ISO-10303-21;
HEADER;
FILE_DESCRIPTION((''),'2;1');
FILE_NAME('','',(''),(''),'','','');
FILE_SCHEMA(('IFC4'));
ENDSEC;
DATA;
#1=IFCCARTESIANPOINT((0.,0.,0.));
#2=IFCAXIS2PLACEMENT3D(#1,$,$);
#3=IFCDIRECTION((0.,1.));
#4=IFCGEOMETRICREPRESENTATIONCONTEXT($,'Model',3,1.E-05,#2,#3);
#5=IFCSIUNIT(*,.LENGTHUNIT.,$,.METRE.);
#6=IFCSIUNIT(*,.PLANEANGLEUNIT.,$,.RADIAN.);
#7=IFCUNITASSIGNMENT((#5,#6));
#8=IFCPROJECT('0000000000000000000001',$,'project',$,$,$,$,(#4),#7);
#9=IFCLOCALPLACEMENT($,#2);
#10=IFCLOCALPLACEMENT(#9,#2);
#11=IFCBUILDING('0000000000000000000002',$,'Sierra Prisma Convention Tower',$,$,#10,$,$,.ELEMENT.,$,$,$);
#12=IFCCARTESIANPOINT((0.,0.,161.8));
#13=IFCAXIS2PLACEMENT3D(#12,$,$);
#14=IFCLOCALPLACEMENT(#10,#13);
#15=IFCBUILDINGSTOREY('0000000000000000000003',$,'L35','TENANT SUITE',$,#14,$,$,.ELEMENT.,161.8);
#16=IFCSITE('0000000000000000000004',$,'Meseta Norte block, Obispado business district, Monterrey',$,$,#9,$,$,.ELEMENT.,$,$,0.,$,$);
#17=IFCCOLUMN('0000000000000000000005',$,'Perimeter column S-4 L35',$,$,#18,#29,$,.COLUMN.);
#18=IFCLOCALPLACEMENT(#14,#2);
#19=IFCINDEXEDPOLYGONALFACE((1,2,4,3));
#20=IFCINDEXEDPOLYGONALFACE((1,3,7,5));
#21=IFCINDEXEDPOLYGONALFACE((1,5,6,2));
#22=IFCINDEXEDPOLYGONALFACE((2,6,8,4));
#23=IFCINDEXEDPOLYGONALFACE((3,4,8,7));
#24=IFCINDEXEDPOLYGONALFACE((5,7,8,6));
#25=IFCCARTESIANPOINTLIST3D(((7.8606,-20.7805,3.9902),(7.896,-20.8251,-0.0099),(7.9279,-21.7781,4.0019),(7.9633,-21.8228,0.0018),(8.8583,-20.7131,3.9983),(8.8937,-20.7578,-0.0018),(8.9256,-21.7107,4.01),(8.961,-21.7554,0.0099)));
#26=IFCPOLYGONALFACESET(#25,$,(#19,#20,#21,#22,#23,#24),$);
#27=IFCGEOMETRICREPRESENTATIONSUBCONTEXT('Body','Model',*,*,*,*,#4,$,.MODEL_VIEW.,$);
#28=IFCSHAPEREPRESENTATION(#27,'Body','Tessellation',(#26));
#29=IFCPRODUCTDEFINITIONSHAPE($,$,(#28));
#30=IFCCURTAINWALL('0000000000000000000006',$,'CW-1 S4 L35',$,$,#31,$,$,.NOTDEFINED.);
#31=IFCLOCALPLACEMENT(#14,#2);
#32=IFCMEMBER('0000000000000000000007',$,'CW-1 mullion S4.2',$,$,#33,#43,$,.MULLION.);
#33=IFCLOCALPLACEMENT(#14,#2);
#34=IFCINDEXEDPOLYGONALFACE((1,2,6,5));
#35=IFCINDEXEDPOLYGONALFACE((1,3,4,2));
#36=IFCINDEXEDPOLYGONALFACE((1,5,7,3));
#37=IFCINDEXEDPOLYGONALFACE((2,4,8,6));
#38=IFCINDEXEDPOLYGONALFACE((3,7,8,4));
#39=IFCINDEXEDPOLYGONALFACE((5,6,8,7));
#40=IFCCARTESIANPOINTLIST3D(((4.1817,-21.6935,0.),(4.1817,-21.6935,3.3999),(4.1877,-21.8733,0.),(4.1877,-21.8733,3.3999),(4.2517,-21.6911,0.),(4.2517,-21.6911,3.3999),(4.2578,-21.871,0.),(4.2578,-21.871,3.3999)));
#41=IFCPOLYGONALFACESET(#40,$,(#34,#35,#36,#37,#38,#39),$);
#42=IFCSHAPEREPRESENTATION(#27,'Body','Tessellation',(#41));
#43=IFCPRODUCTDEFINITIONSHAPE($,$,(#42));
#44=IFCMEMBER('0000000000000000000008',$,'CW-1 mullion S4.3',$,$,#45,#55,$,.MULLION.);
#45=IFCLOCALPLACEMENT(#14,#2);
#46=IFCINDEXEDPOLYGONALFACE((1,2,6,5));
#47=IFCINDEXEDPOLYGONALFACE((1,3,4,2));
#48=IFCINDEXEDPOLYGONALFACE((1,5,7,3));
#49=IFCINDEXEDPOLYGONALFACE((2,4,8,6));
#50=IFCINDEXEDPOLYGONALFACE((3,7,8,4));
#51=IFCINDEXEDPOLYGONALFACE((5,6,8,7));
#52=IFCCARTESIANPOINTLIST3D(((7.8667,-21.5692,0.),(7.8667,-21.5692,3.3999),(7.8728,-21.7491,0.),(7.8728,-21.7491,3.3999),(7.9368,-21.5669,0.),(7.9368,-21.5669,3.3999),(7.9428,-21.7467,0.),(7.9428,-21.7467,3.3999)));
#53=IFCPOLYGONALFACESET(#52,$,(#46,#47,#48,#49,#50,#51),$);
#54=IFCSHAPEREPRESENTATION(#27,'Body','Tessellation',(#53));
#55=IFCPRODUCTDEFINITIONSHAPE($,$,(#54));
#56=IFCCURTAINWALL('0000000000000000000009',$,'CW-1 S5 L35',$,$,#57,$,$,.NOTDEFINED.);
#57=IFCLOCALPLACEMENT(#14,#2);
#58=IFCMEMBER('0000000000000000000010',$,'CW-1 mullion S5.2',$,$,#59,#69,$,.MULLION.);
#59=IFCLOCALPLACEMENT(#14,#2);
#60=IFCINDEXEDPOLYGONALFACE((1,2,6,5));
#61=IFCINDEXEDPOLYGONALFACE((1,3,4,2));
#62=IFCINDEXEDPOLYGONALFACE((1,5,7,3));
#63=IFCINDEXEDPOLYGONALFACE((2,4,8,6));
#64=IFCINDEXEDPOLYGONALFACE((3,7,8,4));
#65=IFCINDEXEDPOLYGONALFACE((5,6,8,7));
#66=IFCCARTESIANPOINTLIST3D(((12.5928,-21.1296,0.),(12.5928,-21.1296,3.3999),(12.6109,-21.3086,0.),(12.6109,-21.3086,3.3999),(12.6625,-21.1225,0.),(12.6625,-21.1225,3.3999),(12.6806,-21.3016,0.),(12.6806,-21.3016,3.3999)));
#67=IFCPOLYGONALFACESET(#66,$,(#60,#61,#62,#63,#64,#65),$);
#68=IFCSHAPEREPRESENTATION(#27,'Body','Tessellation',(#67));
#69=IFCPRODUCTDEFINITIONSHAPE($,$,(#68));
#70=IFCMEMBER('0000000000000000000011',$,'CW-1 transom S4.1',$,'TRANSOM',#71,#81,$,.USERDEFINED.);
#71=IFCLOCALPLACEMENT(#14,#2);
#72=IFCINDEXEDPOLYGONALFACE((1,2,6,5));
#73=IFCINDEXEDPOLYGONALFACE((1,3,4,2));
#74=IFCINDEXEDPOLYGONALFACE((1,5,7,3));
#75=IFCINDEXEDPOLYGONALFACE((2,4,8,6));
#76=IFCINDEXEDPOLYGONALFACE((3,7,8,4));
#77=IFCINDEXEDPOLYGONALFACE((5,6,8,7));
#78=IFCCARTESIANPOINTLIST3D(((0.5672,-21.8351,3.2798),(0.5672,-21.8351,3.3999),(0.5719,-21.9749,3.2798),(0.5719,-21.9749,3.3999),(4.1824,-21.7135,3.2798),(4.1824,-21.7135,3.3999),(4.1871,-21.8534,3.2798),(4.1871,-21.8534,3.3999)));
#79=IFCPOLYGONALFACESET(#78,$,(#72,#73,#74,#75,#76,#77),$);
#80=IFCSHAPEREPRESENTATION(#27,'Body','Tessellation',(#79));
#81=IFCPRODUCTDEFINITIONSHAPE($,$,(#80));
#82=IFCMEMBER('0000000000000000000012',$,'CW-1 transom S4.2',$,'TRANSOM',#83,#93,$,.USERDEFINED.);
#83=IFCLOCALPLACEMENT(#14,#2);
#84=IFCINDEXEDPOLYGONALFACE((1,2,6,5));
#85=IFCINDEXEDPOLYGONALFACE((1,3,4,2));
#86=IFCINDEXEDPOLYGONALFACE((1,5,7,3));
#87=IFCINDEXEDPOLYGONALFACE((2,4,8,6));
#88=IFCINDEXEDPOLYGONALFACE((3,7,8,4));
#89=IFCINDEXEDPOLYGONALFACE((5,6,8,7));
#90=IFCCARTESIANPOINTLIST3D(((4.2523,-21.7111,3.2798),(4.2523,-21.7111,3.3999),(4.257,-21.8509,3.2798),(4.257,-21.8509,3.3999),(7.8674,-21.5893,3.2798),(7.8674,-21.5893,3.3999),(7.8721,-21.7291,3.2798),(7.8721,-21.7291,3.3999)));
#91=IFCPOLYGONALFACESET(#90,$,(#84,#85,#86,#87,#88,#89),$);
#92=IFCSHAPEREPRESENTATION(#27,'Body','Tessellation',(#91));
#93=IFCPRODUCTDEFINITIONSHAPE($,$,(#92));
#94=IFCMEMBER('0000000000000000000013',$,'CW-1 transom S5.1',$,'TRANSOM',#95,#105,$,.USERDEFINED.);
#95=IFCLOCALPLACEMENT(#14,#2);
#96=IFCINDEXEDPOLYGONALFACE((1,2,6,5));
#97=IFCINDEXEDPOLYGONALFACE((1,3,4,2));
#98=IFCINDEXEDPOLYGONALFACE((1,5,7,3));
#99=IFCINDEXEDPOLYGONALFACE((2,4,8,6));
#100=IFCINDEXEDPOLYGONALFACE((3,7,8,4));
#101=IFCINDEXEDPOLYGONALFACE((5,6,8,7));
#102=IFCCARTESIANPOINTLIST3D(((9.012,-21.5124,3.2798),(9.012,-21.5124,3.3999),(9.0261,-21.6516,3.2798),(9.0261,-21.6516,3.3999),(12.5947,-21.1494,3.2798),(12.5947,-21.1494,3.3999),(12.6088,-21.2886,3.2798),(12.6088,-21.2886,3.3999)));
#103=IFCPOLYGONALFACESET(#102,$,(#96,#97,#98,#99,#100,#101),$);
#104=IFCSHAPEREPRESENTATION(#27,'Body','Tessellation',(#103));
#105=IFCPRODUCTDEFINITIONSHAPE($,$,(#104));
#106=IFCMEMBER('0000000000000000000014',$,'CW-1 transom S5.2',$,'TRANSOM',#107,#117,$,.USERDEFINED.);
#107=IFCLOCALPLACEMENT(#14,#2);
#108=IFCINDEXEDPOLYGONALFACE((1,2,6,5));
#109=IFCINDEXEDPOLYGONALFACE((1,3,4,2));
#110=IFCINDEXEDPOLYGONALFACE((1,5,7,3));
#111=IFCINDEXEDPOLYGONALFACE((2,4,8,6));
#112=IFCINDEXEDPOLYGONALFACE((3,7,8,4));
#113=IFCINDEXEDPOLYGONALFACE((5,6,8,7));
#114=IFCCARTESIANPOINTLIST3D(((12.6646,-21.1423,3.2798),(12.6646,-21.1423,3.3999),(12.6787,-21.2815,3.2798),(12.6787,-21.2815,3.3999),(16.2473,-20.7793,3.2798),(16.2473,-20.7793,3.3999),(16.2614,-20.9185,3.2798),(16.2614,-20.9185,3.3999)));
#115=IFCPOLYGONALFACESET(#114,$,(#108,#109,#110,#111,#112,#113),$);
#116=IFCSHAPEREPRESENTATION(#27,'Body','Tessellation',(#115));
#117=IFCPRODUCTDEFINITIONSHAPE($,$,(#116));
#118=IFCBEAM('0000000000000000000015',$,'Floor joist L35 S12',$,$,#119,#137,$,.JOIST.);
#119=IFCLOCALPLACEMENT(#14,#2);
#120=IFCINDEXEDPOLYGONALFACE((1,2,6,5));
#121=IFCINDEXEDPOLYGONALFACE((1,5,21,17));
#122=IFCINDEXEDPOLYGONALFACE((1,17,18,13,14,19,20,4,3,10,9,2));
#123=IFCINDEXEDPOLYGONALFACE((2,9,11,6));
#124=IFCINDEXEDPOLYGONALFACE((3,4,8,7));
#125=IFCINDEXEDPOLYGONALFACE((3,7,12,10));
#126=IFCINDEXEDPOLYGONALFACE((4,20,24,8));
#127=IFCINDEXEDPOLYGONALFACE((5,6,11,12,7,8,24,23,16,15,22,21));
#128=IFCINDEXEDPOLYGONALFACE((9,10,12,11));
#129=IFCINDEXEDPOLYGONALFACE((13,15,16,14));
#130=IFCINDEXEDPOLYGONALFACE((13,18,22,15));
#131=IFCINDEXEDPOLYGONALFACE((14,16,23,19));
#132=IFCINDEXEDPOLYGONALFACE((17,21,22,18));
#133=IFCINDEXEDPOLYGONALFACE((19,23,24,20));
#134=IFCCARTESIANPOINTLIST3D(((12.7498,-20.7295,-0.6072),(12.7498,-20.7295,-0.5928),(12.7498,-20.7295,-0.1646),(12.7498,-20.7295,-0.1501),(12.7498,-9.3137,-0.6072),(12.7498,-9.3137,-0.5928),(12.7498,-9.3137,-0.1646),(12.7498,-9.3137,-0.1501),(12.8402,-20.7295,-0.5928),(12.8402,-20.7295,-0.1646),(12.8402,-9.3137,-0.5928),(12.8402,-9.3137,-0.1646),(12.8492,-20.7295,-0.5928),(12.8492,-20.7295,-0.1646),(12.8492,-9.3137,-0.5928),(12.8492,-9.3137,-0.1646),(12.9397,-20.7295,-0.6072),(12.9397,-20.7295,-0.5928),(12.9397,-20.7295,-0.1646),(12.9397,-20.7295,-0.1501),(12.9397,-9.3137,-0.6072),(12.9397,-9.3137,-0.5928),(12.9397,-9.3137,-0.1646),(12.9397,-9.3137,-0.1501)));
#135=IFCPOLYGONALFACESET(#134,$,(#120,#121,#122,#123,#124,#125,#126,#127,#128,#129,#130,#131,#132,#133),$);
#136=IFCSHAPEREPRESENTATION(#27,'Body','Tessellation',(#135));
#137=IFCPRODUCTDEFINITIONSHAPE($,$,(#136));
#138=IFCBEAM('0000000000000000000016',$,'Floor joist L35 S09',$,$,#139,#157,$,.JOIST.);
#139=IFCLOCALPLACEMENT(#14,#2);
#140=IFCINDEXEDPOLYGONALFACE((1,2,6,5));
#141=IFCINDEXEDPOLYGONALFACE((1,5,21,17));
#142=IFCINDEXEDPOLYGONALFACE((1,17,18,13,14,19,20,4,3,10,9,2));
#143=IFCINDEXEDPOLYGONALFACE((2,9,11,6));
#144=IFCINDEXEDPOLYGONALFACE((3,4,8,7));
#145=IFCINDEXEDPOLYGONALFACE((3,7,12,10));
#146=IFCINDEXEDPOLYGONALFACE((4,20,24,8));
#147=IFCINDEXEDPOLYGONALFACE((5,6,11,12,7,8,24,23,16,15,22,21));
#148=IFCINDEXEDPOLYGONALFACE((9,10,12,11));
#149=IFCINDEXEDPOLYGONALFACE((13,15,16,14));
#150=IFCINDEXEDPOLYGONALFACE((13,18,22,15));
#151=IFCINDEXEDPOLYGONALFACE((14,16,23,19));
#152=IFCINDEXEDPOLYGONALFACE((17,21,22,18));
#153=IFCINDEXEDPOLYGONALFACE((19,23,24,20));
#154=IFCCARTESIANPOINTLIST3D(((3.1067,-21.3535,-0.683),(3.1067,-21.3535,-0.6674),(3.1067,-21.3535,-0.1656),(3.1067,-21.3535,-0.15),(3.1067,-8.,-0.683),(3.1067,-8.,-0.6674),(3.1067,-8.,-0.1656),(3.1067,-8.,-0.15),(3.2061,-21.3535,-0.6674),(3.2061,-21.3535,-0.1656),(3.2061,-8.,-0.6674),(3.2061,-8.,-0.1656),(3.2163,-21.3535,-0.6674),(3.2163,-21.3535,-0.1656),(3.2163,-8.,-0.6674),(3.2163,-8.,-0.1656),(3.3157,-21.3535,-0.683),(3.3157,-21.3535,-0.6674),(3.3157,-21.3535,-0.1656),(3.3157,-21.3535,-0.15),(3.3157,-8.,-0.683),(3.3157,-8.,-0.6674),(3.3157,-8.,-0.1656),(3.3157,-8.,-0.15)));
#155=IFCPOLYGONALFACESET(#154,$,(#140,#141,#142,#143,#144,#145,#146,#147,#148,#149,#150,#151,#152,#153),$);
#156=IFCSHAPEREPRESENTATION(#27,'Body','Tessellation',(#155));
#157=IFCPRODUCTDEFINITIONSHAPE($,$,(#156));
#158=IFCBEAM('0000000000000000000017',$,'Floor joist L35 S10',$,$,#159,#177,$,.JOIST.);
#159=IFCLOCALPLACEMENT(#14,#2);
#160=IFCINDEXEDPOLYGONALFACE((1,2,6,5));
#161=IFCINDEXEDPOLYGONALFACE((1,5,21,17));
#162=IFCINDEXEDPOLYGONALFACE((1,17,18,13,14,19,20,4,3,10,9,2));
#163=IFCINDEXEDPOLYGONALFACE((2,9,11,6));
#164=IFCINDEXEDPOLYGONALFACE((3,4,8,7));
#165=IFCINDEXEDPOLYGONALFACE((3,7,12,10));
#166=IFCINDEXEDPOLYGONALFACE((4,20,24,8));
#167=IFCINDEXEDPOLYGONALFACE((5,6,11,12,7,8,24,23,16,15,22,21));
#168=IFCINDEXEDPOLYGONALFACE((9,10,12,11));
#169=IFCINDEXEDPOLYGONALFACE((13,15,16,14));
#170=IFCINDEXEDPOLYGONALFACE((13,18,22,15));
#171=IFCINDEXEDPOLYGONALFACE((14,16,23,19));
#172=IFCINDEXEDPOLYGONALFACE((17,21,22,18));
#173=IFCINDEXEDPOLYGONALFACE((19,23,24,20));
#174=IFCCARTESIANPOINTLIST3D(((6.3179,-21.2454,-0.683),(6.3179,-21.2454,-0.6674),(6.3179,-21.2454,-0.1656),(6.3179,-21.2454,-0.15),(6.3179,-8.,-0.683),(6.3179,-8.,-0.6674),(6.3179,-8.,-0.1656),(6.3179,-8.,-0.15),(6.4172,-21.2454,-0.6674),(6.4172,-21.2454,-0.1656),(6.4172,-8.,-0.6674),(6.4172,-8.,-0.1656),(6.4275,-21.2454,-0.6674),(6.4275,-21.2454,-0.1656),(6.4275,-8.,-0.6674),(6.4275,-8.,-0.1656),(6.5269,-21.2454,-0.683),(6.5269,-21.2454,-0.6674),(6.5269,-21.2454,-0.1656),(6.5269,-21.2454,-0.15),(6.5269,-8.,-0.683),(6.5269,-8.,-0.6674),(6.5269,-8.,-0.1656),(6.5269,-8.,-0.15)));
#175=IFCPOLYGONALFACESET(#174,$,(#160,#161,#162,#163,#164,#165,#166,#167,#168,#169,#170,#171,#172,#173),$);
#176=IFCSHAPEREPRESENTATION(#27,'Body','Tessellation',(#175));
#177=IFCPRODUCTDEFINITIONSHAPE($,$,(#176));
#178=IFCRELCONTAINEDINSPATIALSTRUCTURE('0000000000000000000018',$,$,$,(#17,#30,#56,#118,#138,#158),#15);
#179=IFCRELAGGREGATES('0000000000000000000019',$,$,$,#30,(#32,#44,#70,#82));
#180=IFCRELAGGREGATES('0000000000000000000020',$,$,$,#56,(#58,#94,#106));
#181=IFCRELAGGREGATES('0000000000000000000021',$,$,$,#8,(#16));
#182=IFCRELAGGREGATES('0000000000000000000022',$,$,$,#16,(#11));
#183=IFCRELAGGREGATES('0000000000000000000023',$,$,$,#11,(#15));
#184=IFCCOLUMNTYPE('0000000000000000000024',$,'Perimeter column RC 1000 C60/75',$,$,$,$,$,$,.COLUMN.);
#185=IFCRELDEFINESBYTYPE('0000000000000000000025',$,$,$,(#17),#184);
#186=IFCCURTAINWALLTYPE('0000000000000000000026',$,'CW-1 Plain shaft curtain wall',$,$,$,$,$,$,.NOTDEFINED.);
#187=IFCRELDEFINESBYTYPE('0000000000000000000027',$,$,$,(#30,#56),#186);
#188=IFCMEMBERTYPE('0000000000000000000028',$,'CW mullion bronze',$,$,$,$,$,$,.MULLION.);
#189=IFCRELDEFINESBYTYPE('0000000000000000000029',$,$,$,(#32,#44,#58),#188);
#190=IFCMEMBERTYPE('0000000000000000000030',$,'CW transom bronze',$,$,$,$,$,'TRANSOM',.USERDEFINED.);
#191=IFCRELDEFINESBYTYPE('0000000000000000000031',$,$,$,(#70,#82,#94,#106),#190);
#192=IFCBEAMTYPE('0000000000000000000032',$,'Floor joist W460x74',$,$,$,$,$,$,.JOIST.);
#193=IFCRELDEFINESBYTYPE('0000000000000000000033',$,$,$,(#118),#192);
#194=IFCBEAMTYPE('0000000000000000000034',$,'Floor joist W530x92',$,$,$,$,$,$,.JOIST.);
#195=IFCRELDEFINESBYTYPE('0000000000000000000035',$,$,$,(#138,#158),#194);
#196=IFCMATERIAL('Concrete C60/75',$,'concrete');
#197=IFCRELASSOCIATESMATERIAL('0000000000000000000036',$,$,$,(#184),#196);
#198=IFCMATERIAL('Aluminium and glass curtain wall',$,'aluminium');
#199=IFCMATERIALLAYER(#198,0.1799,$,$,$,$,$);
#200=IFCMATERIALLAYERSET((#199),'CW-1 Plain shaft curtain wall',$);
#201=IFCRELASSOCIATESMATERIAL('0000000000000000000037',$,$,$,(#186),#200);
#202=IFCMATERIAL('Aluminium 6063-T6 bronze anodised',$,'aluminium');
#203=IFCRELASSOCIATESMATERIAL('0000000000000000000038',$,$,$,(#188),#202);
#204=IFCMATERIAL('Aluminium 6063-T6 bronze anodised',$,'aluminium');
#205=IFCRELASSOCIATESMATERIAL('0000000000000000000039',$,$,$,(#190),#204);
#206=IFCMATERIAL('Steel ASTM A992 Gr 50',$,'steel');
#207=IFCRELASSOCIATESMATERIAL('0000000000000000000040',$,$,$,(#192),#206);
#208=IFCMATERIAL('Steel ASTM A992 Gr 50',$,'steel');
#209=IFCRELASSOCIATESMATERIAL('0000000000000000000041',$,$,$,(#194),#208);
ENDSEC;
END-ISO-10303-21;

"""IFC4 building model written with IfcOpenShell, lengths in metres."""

from ifc_helpers import new_model, si_unit, direction, frame, origin, origin_2d, place, context, subcontext, project, spatial, rectangle, i_section, extrude, material, layer, layer_set, material_profile, profile_set, type_object, element, aggregate, save


model = new_model("IFC4")

# Units and contexts
model_context = context("Model", 3, precision=1e-05, world=origin(), true_north=direction((0.0, 1.0)))
body_context = subcontext(model_context, "Body", "Model", "MODEL_VIEW")
ifc_project = project(units=[si_unit("LENGTHUNIT", "METRE"), si_unit("PLANEANGLEUNIT", "RADIAN")], contexts=[model_context])

# Site, building, storey
site_placement = place(None, origin())
site = spatial("IfcSite", under=ifc_project, at=site_placement, Name="Meseta Norte block, Obispado business district, Monterrey", CompositionType="ELEMENT", RefElevation=0.0)
building_placement = place(site_placement, origin())
building = spatial("IfcBuilding", under=site, at=building_placement, Name="Sierra Prisma Convention Tower", CompositionType="ELEMENT")
storey_placement = place(building_placement, frame((0.0, 0.0, 161.8)))
storey = spatial("IfcBuildingStorey", under=building, at=storey_placement, Name="L35", Description="TENANT SUITE", CompositionType="ELEMENT", Elevation=161.8)

# Column
ifc_material_1 = material(Name="Concrete C60/75", Category="concrete")
ifc_material_profile_1 = material_profile(ifc_material_1, rectangle(XDim=1.0, YDim=1.0, at=origin_2d()), Name="Perimeter column RC 1000 C60/75")
ifc_profile_set_1 = profile_set([ifc_material_profile_1], Name="Concrete C60/75")
column_type = type_object("IfcColumnType", Name="Perimeter column RC 1000 C60/75", PredefinedType="COLUMN", material=ifc_profile_set_1)
column_placement = place(storey_placement, frame((8.4285, -21.2903, 0.0), z_axis=(-0.008849, 0.011168, 0.999898), x_axis=(0.997695, 0.06738, 0.008077)))
element("IfcColumn", 1, at=column_placement, inside=storey, type_object=column_type, Name="Perimeter column S-4 L35", PredefinedType="COLUMN", context=body_context, shape_type="SweptSolid", body=[
    extrude(rectangle(XDim=1.0, YDim=1.0, at=origin_2d()), origin(), (0.0, 0.0, 1.0), 4.0005),
])

# Curtain wall, members
ifc_material_2 = material(Name="Aluminium and glass curtain wall", Category="aluminium")
ifc_layer_1 = layer(ifc_material_2, 0.1799)
ifc_layer_set_1 = layer_set([ifc_layer_1], Name="CW-1 Plain shaft curtain wall")
curtain_wall_type = type_object("IfcCurtainWallType", Name="CW-1 Plain shaft curtain wall", PredefinedType="NOTDEFINED", material=ifc_layer_set_1)
curtain_wall_1_placement = place(storey_placement, origin())
curtain_wall_1 = element("IfcCurtainWall", 2, at=curtain_wall_1_placement, inside=storey, type_object=curtain_wall_type, Name="CW-1 S4 L35", PredefinedType="NOTDEFINED")
ifc_material_3 = material(Name="Aluminium 6063-T6 bronze anodised", Category="aluminium")
ifc_material_profile_2 = material_profile(ifc_material_3, rectangle(XDim=0.1799, YDim=0.0701, at=origin_2d()), Name="ALU MULLION 70x180")
ifc_profile_set_2 = profile_set([ifc_material_profile_2], Name="Aluminium 6063-T6 bronze anodised")
member_type_1 = type_object("IfcMemberType", Name="CW mullion bronze", PredefinedType="MULLION", material=ifc_profile_set_2)
member_1_placement = place(storey_placement, frame((4.2197, -21.7822, 0.0), z_axis=(0.0, 0.0, 1.0), x_axis=(-0.033662, 0.999433, 0.0)))
member_1 = element("IfcMember", 3, at=member_1_placement, type_object=member_type_1, Name="CW-1 mullion S4.2", PredefinedType="MULLION", context=body_context, shape_type="SweptSolid", body=[
    extrude(rectangle(XDim=0.1799, YDim=0.0701, at=origin_2d()), origin(), (0.0, 0.0, 1.0), 3.3999),
])
member_2_placement = place(storey_placement, frame((7.9048, -21.658, 0.0), z_axis=(0.0, 0.0, 1.0), x_axis=(-0.033662, 0.999433, 0.0)))
member_2 = element("IfcMember", 4, at=member_2_placement, type_object=member_type_1, Name="CW-1 mullion S4.3", PredefinedType="MULLION", context=body_context, shape_type="SweptSolid", body=[
    extrude(rectangle(XDim=0.1799, YDim=0.0701, at=origin_2d()), origin(), (0.0, 0.0, 1.0), 3.3999),
])

# Curtain wall, member
curtain_wall_2_placement = place(storey_placement, origin())
curtain_wall_2 = element("IfcCurtainWall", 5, at=curtain_wall_2_placement, inside=storey, type_object=curtain_wall_type, Name="CW-1 S5 L35", PredefinedType="NOTDEFINED")
member_3_placement = place(storey_placement, frame((12.6367, -21.2156, 0.0), z_axis=(0.0, 0.0, 1.0), x_axis=(-0.100833, 0.994903, 0.0)))
member_3 = element("IfcMember", 6, at=member_3_placement, type_object=member_type_1, Name="CW-1 mullion S5.2", PredefinedType="MULLION", context=body_context, shape_type="SweptSolid", body=[
    extrude(rectangle(XDim=0.1799, YDim=0.0701, at=origin_2d()), origin(), (0.0, 0.0, 1.0), 3.3999),
])

# Members
ifc_material_4 = material(Name="Aluminium 6063-T6 bronze anodised", Category="aluminium")
ifc_material_profile_3 = material_profile(ifc_material_4, rectangle(XDim=0.1399, YDim=0.1201, at=origin_2d()), Name="ALU TRANSOM 120x140")
ifc_profile_set_3 = profile_set([ifc_material_profile_3], Name="Aluminium 6063-T6 bronze anodised")
member_type_2 = type_object("IfcMemberType", Name="CW transom bronze", ElementType="TRANSOM", PredefinedType="USERDEFINED", material=ifc_profile_set_3)
member_4_placement = place(storey_placement, frame((0.5696, -21.905, 3.3398), z_axis=(0.999435, 0.033611, 0.0), x_axis=(-0.033611, 0.999435, 0.0)))
member_4 = element("IfcMember", 7, at=member_4_placement, type_object=member_type_2, Name="CW-1 transom S4.1", ObjectType="TRANSOM", PredefinedType="USERDEFINED", context=body_context, shape_type="SweptSolid", body=[
    extrude(rectangle(XDim=0.1399, YDim=0.1201, at=origin_2d()), origin(), (0.0, 0.0, 1.0), 3.6172),
])
member_5_placement = place(storey_placement, frame((4.2546, -21.781, 3.3398), z_axis=(0.999433, 0.033679, 0.0), x_axis=(-0.033679, 0.999433, 0.0)))
member_5 = element("IfcMember", 8, at=member_5_placement, type_object=member_type_2, Name="CW-1 transom S4.2", ObjectType="TRANSOM", PredefinedType="USERDEFINED", context=body_context, shape_type="SweptSolid", body=[
    extrude(rectangle(XDim=0.1399, YDim=0.1201, at=origin_2d()), origin(), (0.0, 0.0, 1.0), 3.6172),
])
member_6_placement = place(storey_placement, frame((9.019, -21.582, 3.3398), z_axis=(0.994905, 0.100813, 0.0), x_axis=(-0.100813, 0.994905, 0.0)))
member_6 = element("IfcMember", 9, at=member_6_placement, type_object=member_type_2, Name="CW-1 transom S5.1", ObjectType="TRANSOM", PredefinedType="USERDEFINED", context=body_context, shape_type="SweptSolid", body=[
    extrude(rectangle(XDim=0.1399, YDim=0.1201, at=origin_2d()), origin(), (0.0, 0.0, 1.0), 3.6011),
])
member_7_placement = place(storey_placement, frame((12.6716, -21.2119, 3.3398), z_axis=(0.994905, 0.100813, 0.0), x_axis=(-0.100813, 0.994905, 0.0)))
member_7 = element("IfcMember", 10, at=member_7_placement, type_object=member_type_2, Name="CW-1 transom S5.2", ObjectType="TRANSOM", PredefinedType="USERDEFINED", context=body_context, shape_type="SweptSolid", body=[
    extrude(rectangle(XDim=0.1399, YDim=0.1201, at=origin_2d()), origin(), (0.0, 0.0, 1.0), 3.6011),
])

# Beams
ifc_material_5 = material(Name="Steel ASTM A992 Gr 50", Category="steel")
ifc_material_profile_4 = material_profile(ifc_material_5, i_section(OverallWidth=0.1899, OverallDepth=0.457, WebThickness=0.009, FlangeThickness=0.0144, at=origin_2d()), Name="W460x74")
ifc_profile_set_4 = profile_set([ifc_material_profile_4], Name="Steel ASTM A992 Gr 50")
beam_type_1 = type_object("IfcBeamType", Name="Floor joist W460x74", PredefinedType="JOIST", material=ifc_profile_set_4)
beam_1_placement = place(storey_placement, frame((12.8447, -20.7295, -0.3787), z_axis=(0.0, 1.0, 0.0), x_axis=(-1.0, 0.0, 0.0)))
element("IfcBeam", 11, at=beam_1_placement, inside=storey, type_object=beam_type_1, Name="Floor joist L35 S12", PredefinedType="JOIST", context=body_context, shape_type="SweptSolid", body=[
    extrude(i_section(OverallWidth=0.1899, OverallDepth=0.457, WebThickness=0.009, FlangeThickness=0.0144, at=origin_2d()), origin(), (0.0, 0.0, 1.0), 11.4158),
])
ifc_material_6 = material(Name="Steel ASTM A992 Gr 50", Category="steel")
ifc_material_profile_5 = material_profile(ifc_material_6, i_section(OverallWidth=0.209, OverallDepth=0.533, WebThickness=0.0103, FlangeThickness=0.0156, at=origin_2d()), Name="W530x92")
ifc_profile_set_5 = profile_set([ifc_material_profile_5], Name="Steel ASTM A992 Gr 50")
beam_type_2 = type_object("IfcBeamType", Name="Floor joist W530x92", PredefinedType="JOIST", material=ifc_profile_set_5)
beam_2_placement = place(storey_placement, frame((3.2112, -21.3535, -0.4165), z_axis=(0.0, 1.0, 0.0), x_axis=(-1.0, 0.0, 0.0)))
element("IfcBeam", 12, at=beam_2_placement, inside=storey, type_object=beam_type_2, Name="Floor joist L35 S09", PredefinedType="JOIST", context=body_context, shape_type="SweptSolid", body=[
    extrude(i_section(OverallWidth=0.209, OverallDepth=0.533, WebThickness=0.0103, FlangeThickness=0.0156, at=origin_2d()), origin(), (0.0, 0.0, 1.0), 13.3535),
])
beam_3_placement = place(storey_placement, frame((6.4224, -21.2454, -0.4165), z_axis=(0.0, 1.0, 0.0), x_axis=(-1.0, 0.0, 0.0)))
element("IfcBeam", 13, at=beam_3_placement, inside=storey, type_object=beam_type_2, Name="Floor joist L35 S10", PredefinedType="JOIST", context=body_context, shape_type="SweptSolid", body=[
    extrude(i_section(OverallWidth=0.209, OverallDepth=0.533, WebThickness=0.0103, FlangeThickness=0.0156, at=origin_2d()), origin(), (0.0, 0.0, 1.0), 13.2454),
])

aggregate(curtain_wall_1, [member_1, member_2, member_4, member_5])
aggregate(curtain_wall_2, [member_3, member_6, member_7])

save(model, "model.ifc")
